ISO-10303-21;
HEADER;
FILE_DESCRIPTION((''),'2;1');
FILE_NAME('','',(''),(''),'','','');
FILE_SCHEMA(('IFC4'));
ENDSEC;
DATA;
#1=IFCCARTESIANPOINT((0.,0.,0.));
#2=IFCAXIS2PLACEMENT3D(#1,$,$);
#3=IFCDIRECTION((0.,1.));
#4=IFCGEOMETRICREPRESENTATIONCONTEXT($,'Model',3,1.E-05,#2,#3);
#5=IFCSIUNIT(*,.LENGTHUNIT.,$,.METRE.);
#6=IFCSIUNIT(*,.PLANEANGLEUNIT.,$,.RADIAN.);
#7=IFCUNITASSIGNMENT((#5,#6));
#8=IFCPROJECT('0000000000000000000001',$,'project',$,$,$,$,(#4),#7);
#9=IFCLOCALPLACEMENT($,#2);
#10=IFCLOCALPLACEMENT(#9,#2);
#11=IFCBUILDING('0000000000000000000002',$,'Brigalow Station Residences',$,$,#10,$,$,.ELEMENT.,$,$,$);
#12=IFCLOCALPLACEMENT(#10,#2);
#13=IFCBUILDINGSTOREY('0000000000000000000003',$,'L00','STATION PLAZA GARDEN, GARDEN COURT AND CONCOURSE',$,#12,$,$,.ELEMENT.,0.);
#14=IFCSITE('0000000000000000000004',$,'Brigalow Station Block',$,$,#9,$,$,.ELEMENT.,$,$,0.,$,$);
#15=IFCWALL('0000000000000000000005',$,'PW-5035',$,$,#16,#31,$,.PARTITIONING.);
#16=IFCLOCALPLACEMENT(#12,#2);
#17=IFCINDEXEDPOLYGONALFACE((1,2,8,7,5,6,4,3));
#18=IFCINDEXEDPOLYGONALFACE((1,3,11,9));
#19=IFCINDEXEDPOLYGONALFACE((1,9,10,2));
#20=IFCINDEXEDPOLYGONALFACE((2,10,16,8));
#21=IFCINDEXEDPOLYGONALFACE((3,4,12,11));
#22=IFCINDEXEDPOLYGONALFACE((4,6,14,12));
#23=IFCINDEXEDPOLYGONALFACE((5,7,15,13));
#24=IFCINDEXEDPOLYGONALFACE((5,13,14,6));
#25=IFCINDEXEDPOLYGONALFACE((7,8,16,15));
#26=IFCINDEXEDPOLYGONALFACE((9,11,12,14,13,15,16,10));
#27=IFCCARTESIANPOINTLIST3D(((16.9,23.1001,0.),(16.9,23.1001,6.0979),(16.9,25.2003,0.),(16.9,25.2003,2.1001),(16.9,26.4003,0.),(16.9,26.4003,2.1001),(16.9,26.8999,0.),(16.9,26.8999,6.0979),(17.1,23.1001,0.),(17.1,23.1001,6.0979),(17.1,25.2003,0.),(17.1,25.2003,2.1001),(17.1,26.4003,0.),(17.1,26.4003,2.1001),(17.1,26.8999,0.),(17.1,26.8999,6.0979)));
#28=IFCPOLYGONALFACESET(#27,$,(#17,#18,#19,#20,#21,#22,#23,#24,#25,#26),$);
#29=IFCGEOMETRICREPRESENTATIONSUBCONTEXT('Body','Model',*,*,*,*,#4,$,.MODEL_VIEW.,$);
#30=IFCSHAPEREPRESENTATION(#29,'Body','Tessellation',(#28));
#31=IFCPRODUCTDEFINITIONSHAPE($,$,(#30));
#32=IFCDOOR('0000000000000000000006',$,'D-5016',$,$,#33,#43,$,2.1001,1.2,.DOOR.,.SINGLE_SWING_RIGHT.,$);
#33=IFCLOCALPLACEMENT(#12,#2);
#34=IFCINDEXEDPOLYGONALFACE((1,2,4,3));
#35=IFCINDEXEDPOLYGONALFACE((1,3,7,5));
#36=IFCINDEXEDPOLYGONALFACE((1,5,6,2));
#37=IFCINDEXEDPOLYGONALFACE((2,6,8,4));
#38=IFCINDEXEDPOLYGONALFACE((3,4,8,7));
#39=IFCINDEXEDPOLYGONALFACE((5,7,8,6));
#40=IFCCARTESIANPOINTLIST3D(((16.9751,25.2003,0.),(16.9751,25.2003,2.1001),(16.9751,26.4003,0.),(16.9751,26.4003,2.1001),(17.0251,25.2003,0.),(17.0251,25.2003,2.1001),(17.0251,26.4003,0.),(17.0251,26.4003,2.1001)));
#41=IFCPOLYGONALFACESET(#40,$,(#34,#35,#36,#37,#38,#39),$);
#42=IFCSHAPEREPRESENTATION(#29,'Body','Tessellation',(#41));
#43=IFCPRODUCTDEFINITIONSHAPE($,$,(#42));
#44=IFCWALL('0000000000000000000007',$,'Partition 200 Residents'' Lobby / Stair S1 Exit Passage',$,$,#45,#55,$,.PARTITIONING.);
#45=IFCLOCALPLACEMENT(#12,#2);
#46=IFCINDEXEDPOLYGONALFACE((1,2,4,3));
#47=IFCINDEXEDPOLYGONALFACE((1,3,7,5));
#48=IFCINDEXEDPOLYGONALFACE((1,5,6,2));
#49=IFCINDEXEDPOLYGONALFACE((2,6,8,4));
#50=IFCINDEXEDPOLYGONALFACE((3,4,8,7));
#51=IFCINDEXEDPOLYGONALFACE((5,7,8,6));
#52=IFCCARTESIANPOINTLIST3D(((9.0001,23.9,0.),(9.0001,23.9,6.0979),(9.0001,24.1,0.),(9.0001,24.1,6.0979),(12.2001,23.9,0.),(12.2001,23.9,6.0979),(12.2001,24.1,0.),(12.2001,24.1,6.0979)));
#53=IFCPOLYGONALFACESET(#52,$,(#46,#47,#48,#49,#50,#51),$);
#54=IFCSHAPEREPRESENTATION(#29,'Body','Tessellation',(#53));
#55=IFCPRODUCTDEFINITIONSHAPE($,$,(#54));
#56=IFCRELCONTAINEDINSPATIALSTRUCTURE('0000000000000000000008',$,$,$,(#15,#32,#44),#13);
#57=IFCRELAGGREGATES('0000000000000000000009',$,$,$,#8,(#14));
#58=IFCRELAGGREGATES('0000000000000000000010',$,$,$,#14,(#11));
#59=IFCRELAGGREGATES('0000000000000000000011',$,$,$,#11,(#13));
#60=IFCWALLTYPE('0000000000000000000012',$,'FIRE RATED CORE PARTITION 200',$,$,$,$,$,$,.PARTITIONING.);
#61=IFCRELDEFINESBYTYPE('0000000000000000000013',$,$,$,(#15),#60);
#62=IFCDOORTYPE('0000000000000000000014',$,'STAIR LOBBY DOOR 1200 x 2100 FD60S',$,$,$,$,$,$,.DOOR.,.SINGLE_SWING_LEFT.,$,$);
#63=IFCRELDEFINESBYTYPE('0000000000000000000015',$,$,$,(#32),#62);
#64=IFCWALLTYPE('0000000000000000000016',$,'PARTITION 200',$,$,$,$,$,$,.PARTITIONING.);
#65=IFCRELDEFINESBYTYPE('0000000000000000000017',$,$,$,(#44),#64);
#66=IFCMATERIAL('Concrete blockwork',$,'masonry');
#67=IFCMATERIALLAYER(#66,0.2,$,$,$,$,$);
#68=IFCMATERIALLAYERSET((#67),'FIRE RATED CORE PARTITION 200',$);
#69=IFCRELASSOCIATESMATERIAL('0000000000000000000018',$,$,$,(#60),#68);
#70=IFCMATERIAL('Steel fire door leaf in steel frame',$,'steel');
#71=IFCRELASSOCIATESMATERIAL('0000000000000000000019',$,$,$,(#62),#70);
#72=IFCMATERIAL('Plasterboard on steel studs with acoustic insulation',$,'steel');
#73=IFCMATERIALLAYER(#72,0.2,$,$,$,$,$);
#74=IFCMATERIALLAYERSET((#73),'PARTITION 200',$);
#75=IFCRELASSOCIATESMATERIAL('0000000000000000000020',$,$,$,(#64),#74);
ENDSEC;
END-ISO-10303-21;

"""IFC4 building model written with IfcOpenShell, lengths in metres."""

from ifc_helpers import new_model, si_unit, direction, frame, frame_2d, origin, place, context, subcontext, project, spatial, rectangle, extrude, material, layer, layer_set, type_object, element, fill, save


model = new_model("IFC4")

# Units and contexts
model_context = context("Model", 3, precision=1e-05, world=origin(), true_north=direction((0.0, 1.0)))
body_context = subcontext(model_context, "Body", "Model", "MODEL_VIEW")
ifc_project = project(units=[si_unit("LENGTHUNIT", "METRE"), si_unit("PLANEANGLEUNIT", "RADIAN")], contexts=[model_context])

# Site, building, storey
site_placement = place(None, origin())
site = spatial("IfcSite", under=ifc_project, at=site_placement, Name="Brigalow Station Block", CompositionType="ELEMENT", RefElevation=0.0)
building_placement = place(site_placement, origin())
building = spatial("IfcBuilding", under=site, at=building_placement, Name="Brigalow Station Residences", CompositionType="ELEMENT")
storey_placement = place(building_placement, origin())
storey = spatial("IfcBuildingStorey", under=building, at=storey_placement, Name="L00", Description="STATION PLAZA GARDEN, GARDEN COURT AND CONCOURSE", CompositionType="ELEMENT", Elevation=0.0)

# Shared definitions
ifc_material_1 = material(Name="Concrete blockwork", Category="masonry")
ifc_layer_1 = layer(ifc_material_1, 0.2)
ifc_layer_set_1 = layer_set([ifc_layer_1], Name="FIRE RATED CORE PARTITION 200")
wall_type_1 = type_object("IfcWallType", Name="FIRE RATED CORE PARTITION 200", PredefinedType="PARTITIONING", material=ifc_layer_set_1)

# Wall, opening, door
wall_1_placement = place(storey_placement, frame((17.0, 23.1001, 0.0), z_axis=(0.0, 0.0, 1.0), x_axis=(0.0, 1.0, 0.0)))
wall_1 = element("IfcWall", 1, at=wall_1_placement, inside=storey, type_object=wall_type_1, Name="PW-5035", PredefinedType="PARTITIONING", context=body_context, shape_type="SweptSolid", body=[
    extrude(rectangle(XDim=3.7998, YDim=0.2, at=frame_2d((1.8999, 0.0))), origin(), (0.0, 0.0, 1.0), 6.0979),
])
opening_1_placement = place(wall_1_placement, frame((2.1001, 0.0, 0.0)))
opening_1 = element("IfcOpeningElement", 2, at=opening_1_placement, cuts=wall_1, PredefinedType="OPENING", context=body_context, shape_type="SweptSolid", body=[
    extrude(rectangle(XDim=1.2, YDim=2.1001, at=frame_2d((0.6001, 1.05))), frame((0.0, 0.1099, 0.0), z_axis=(0.0, -1.0, 0.0), x_axis=(1.0, 0.0, 0.0)), (0.0, 0.0, 1.0), 0.22),
])
ifc_material_2 = material(Name="Steel fire door leaf in steel frame", Category="steel")
door_type_1 = type_object("IfcDoorType", Name="STAIR LOBBY DOOR 1200 x 2100 FD60S", OperationType="SINGLE_SWING_LEFT", PredefinedType="DOOR", material=ifc_material_2)
door_1_placement = place(opening_1_placement, origin())
door_1 = element("IfcDoor", 3, at=door_1_placement, inside=storey, type_object=door_type_1, Name="D-5016", OperationType="SINGLE_SWING_RIGHT", OverallHeight=2.1001, OverallWidth=1.2, PredefinedType="DOOR", context=body_context, shape_type="SweptSolid", body=[
    extrude(rectangle(XDim=1.2, YDim=2.1001, at=frame_2d((0.6001, 1.05))), frame((0.0, 0.0249, 0.0), z_axis=(0.0, -1.0, 0.0), x_axis=(1.0, 0.0, 0.0)), (0.0, 0.0, 1.0), 0.05),
])
fill(opening_1, door_1)

# Wall
ifc_material_3 = material(Name="Plasterboard on steel studs with acoustic insulation", Category="steel")
ifc_layer_2 = layer(ifc_material_3, 0.2)
ifc_layer_set_2 = layer_set([ifc_layer_2], Name="PARTITION 200")
wall_type_2 = type_object("IfcWallType", Name="PARTITION 200", PredefinedType="PARTITIONING", material=ifc_layer_set_2)
wall_2_placement = place(storey_placement, frame((9.0, 24.0, 0.0), z_axis=(0.0, 0.0, 1.0), x_axis=(1.0, 0.0, 0.0)))
element("IfcWall", 4, at=wall_2_placement, inside=storey, type_object=wall_type_2, Name="Partition 200 Residents' Lobby / Stair S1 Exit Passage", PredefinedType="PARTITIONING", context=body_context, shape_type="SweptSolid", body=[
    extrude(rectangle(XDim=3.2, YDim=0.2, at=frame_2d((1.6001, 0.0))), origin(), (0.0, 0.0, 1.0), 6.0979),
])

save(model, "model.ifc")
